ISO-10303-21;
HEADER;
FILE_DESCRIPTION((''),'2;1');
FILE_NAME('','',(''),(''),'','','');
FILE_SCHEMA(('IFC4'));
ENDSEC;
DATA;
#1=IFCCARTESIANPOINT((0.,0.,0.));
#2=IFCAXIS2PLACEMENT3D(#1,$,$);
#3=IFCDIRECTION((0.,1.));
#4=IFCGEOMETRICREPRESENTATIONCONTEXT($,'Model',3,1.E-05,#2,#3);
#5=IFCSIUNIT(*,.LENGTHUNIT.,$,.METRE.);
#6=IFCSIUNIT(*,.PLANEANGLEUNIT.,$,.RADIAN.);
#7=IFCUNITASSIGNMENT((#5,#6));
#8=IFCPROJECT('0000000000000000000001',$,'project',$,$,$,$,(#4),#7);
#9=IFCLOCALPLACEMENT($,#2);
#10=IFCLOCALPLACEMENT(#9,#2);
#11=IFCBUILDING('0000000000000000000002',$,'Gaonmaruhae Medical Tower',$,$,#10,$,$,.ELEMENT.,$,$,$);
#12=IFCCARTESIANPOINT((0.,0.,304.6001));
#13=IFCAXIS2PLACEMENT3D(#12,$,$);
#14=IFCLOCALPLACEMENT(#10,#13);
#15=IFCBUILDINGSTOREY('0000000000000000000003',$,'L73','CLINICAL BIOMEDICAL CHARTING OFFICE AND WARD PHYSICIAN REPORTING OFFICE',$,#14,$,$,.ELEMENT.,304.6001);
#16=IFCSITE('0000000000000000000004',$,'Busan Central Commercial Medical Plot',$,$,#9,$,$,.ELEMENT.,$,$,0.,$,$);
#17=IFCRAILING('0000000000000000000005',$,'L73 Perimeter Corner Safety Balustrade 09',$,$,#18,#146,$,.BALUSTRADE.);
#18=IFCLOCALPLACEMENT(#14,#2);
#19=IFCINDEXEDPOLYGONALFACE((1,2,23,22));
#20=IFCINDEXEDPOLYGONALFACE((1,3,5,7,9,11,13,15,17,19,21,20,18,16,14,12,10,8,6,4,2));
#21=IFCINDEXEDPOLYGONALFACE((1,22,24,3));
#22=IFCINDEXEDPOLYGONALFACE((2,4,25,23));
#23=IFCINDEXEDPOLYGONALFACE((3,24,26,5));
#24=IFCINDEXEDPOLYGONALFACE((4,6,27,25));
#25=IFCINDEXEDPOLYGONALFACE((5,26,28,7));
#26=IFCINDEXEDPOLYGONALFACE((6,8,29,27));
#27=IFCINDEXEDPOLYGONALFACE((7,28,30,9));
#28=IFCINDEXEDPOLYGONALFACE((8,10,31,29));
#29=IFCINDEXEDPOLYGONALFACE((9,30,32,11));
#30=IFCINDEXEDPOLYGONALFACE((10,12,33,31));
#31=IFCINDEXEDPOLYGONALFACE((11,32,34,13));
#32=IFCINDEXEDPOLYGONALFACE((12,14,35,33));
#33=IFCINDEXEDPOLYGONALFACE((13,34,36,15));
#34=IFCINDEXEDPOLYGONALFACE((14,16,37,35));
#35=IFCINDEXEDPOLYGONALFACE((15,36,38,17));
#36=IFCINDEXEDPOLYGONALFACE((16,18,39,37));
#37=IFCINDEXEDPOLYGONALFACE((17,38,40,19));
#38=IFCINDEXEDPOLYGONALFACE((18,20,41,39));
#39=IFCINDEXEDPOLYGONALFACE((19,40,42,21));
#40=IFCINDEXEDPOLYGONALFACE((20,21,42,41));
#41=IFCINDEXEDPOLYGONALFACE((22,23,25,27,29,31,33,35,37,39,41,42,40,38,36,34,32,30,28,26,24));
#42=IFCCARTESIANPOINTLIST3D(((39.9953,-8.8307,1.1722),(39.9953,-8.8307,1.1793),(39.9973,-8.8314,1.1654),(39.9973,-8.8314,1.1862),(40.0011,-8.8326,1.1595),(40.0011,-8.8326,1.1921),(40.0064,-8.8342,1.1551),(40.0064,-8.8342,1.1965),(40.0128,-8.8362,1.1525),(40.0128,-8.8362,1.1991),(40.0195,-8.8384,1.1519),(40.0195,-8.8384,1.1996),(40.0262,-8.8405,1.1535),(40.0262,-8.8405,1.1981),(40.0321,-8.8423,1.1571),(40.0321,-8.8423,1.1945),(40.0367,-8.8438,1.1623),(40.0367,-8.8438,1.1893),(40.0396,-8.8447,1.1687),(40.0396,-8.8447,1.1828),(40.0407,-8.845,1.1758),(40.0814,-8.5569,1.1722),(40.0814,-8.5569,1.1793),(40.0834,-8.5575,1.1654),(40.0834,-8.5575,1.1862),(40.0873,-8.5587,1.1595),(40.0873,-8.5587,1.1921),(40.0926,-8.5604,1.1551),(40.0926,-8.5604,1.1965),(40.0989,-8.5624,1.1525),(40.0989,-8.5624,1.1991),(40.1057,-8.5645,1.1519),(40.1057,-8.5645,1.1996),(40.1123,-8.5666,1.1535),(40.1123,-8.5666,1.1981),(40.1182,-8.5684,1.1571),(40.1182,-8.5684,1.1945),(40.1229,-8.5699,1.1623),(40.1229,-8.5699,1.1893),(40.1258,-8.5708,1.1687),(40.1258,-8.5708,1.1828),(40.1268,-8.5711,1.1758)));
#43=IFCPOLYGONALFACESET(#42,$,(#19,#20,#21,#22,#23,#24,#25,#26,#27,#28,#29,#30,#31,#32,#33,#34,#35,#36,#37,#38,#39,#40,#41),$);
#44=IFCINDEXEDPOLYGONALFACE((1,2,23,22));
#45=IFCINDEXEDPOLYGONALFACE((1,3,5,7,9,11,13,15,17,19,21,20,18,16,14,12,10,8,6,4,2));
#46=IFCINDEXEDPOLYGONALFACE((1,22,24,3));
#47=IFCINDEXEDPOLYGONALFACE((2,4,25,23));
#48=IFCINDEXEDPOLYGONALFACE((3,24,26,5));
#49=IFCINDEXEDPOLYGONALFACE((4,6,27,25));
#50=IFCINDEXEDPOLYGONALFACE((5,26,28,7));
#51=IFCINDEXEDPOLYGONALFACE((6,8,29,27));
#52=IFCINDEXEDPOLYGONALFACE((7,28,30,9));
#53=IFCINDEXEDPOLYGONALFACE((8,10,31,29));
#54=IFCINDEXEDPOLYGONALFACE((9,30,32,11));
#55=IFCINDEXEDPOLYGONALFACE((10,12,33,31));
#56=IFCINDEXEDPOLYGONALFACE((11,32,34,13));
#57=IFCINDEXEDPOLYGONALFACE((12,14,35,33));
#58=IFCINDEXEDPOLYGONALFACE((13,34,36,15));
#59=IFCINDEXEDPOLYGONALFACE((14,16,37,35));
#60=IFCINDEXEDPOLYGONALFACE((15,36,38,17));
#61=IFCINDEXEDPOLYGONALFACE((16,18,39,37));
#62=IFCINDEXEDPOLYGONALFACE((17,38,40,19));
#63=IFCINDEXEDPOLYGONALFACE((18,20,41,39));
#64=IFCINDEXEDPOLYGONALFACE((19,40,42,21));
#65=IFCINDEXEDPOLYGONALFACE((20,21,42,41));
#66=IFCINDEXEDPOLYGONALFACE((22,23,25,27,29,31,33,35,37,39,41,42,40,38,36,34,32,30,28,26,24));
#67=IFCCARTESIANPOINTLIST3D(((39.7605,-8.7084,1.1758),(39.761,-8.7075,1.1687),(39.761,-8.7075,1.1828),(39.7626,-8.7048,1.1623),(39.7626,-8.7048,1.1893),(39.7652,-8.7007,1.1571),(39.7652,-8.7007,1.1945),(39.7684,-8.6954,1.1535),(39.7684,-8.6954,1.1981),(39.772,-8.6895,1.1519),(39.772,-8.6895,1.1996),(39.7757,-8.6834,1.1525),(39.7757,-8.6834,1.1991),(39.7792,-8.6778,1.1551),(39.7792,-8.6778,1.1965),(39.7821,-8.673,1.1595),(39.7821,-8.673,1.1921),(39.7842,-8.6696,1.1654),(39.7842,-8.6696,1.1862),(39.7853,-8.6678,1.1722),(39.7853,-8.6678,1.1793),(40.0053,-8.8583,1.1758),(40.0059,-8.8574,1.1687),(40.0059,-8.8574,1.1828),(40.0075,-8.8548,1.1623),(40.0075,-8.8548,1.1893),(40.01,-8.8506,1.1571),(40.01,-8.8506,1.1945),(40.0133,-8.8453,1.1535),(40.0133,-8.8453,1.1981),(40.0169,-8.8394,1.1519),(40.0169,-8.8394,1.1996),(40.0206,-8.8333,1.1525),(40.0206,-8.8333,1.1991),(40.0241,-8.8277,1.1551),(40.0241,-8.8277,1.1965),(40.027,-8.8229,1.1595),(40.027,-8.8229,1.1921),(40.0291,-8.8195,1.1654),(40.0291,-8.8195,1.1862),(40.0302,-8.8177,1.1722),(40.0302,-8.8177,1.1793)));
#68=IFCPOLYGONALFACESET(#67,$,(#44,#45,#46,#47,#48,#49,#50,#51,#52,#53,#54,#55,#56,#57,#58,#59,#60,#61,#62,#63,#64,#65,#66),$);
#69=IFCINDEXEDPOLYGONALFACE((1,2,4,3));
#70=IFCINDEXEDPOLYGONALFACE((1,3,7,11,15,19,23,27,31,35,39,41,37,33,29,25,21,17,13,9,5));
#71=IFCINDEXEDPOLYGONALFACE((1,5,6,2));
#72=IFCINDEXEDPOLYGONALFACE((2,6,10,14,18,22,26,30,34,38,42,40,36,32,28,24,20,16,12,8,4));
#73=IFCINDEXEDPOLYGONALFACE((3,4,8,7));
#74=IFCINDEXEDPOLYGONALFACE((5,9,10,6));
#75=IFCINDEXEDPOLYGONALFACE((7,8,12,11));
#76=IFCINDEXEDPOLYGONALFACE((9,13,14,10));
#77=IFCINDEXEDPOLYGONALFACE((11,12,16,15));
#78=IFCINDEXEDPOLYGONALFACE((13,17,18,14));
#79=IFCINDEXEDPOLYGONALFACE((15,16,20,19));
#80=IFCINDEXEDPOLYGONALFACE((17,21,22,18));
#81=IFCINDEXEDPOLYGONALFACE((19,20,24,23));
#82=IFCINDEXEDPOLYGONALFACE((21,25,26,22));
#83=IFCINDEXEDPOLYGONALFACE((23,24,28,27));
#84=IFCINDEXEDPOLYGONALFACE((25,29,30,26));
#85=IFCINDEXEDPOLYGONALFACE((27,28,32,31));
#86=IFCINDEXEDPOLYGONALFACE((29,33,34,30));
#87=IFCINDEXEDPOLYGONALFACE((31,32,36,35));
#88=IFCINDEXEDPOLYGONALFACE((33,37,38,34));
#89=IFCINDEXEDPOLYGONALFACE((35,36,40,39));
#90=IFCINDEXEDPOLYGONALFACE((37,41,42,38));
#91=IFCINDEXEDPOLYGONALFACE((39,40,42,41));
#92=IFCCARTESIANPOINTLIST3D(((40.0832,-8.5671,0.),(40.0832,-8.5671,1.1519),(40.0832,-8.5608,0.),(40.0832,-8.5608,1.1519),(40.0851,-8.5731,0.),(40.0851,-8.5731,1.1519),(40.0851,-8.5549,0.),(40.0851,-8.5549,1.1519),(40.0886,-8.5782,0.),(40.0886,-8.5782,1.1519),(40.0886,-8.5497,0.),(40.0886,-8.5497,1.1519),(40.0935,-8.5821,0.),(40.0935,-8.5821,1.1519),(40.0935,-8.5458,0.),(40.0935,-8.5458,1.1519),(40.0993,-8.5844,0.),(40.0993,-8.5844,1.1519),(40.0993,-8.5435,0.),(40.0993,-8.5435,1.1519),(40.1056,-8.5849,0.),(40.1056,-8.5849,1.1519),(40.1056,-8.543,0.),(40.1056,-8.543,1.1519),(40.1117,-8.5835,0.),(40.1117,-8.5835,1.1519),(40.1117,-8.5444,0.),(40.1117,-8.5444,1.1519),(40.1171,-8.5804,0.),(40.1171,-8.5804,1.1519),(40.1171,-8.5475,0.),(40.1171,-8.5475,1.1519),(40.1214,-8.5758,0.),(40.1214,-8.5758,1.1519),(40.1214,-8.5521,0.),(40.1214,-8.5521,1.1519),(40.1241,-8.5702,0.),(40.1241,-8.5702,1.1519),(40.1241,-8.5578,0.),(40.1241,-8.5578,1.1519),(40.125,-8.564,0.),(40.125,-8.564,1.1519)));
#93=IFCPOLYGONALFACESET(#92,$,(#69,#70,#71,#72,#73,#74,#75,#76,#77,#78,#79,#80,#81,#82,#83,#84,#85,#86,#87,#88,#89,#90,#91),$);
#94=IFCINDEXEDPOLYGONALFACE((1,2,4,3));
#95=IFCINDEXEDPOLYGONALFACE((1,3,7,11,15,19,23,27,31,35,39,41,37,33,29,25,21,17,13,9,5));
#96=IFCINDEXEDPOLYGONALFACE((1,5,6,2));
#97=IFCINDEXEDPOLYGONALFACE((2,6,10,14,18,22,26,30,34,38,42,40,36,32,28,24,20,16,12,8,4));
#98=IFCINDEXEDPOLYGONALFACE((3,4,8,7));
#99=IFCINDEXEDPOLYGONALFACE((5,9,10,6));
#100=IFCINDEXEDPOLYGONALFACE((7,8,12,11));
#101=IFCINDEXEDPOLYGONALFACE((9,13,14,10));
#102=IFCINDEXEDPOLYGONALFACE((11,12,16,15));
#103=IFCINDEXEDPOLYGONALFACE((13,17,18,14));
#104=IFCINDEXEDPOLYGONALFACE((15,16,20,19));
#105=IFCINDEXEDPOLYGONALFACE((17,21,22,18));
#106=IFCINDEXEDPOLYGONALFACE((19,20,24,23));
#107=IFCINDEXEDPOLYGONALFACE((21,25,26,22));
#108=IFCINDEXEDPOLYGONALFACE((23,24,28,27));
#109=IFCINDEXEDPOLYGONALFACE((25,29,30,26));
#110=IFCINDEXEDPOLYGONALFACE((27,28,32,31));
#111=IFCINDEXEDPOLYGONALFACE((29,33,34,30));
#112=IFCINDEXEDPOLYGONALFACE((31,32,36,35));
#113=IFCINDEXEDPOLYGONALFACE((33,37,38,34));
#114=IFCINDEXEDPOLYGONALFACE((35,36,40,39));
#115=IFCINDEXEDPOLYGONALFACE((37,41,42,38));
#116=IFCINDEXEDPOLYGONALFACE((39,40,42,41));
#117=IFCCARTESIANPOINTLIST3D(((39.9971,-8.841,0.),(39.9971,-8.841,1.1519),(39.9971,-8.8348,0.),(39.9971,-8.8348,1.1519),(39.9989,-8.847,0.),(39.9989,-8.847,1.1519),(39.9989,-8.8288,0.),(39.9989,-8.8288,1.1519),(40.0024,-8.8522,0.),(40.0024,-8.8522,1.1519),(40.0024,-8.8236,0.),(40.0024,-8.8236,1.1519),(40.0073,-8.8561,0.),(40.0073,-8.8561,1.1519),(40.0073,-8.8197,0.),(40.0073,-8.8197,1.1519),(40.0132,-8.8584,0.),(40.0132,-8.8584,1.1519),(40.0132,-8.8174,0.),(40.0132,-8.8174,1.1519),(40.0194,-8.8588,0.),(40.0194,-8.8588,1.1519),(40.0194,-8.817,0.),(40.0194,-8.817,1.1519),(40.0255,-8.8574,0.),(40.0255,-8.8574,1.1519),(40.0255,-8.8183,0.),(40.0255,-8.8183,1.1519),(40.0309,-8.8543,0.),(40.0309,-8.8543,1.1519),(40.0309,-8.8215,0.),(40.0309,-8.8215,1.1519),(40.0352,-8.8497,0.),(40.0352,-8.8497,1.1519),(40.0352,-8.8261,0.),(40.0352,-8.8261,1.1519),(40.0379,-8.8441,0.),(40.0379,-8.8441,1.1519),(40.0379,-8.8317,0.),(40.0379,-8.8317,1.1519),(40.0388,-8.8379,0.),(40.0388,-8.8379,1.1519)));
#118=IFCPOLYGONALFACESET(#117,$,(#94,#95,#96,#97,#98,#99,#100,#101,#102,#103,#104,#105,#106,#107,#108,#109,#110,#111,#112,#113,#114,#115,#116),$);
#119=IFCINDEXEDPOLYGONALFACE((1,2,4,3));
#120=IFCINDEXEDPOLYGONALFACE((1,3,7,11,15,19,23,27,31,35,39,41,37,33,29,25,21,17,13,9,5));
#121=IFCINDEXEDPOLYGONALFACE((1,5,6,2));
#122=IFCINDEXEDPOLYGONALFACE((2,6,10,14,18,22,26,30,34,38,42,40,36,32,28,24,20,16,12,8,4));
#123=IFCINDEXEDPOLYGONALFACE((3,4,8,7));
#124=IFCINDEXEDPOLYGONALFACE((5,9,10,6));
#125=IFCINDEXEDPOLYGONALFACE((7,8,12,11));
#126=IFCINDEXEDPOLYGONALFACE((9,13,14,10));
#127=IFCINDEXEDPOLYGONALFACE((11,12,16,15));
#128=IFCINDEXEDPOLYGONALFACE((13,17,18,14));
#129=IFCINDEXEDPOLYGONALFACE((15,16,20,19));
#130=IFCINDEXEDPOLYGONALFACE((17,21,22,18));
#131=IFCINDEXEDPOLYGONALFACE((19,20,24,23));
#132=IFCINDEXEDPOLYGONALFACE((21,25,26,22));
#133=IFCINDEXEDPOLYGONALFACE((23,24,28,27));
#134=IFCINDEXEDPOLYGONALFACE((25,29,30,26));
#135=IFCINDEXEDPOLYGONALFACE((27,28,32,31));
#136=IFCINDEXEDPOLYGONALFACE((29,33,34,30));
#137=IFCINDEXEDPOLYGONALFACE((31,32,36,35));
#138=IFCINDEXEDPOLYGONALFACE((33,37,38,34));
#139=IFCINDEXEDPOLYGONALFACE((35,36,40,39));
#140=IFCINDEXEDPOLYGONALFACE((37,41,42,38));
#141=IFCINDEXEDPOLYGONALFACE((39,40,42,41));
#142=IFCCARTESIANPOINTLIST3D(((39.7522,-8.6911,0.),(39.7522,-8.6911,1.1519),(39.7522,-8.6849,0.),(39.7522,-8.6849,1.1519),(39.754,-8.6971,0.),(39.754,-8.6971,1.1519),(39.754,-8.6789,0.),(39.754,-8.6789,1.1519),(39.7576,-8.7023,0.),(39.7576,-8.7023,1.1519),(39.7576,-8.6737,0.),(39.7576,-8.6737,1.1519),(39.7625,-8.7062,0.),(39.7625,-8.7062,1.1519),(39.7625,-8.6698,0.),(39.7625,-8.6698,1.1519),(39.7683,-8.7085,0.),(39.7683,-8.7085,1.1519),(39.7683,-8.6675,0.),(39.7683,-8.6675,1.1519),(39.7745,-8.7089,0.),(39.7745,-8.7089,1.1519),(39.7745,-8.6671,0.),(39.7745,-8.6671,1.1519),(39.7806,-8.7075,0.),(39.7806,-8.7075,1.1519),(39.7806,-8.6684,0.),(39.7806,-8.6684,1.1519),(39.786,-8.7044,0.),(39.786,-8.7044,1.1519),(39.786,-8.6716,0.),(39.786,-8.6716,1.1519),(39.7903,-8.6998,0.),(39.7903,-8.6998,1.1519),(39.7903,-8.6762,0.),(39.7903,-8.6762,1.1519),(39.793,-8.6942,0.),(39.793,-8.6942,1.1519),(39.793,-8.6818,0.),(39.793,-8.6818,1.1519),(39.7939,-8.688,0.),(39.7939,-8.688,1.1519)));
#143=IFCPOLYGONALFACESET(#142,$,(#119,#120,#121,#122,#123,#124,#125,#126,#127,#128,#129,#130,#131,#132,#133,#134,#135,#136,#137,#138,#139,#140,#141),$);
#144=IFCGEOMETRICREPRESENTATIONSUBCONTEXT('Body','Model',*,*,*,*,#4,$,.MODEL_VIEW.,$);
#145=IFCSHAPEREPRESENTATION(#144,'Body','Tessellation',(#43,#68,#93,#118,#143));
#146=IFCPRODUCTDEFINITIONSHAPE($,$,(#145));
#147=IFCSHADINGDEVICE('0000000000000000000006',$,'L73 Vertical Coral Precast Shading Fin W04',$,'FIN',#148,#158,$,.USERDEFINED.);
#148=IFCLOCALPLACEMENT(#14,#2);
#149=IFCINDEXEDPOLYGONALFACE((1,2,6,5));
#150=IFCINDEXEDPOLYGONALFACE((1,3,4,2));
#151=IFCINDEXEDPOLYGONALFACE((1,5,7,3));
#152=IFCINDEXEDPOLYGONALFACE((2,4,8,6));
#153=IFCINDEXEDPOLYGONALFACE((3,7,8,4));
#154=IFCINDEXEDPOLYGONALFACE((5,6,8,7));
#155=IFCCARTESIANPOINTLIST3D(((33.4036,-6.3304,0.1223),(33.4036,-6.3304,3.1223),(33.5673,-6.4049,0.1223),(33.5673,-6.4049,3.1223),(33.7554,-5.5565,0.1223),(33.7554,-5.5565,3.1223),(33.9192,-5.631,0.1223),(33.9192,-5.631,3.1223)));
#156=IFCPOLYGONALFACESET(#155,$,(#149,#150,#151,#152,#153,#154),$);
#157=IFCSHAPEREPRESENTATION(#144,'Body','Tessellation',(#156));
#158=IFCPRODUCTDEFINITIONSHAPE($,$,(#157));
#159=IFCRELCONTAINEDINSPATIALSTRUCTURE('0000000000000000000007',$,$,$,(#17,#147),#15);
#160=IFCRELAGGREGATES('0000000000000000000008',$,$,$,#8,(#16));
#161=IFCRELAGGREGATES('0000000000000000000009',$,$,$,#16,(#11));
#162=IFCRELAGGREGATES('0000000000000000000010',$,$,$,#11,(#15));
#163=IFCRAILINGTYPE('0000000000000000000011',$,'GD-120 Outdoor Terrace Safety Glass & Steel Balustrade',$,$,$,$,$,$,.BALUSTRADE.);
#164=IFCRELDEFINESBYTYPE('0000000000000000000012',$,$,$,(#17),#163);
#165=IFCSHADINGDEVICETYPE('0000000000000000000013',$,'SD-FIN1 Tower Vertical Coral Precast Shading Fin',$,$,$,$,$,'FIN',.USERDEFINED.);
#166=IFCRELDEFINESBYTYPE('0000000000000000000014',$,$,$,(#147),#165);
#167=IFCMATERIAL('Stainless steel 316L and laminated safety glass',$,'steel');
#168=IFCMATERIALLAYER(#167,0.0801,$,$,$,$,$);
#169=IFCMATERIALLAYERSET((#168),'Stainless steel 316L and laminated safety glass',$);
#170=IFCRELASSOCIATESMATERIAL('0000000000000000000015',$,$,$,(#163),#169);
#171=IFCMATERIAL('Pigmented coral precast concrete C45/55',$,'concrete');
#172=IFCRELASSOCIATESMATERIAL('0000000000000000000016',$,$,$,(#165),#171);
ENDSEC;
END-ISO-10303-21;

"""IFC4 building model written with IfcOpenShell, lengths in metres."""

from ifc_helpers import new_model, si_unit, direction, frame, origin, origin_2d, place, context, subcontext, project, spatial, rectangle, circle, extrude, material, layer, layer_set, type_object, element, save


model = new_model("IFC4")

# Units and contexts
model_context = context("Model", 3, precision=1e-05, world=origin(), true_north=direction((0.0, 1.0)))
body_context = subcontext(model_context, "Body", "Model", "MODEL_VIEW")
ifc_project = project(units=[si_unit("LENGTHUNIT", "METRE"), si_unit("PLANEANGLEUNIT", "RADIAN")], contexts=[model_context])

# Site, building, storey
site_placement = place(None, origin())
site = spatial("IfcSite", under=ifc_project, at=site_placement, Name="Busan Central Commercial Medical Plot", CompositionType="ELEMENT", RefElevation=0.0)
building_placement = place(site_placement, origin())
building = spatial("IfcBuilding", under=site, at=building_placement, Name="Gaonmaruhae Medical Tower", CompositionType="ELEMENT")
storey_placement = place(building_placement, frame((0.0, 0.0, 304.6001)))
storey = spatial("IfcBuildingStorey", under=building, at=storey_placement, Name="L73", Description="CLINICAL BIOMEDICAL CHARTING OFFICE AND WARD PHYSICIAN REPORTING OFFICE", CompositionType="ELEMENT", Elevation=304.6001)

# Railing
ifc_material_1 = material(Name="Stainless steel 316L and laminated safety glass", Category="steel")
ifc_layer_1 = layer(ifc_material_1, 0.0801)
ifc_layer_set_1 = layer_set([ifc_layer_1], Name="Stainless steel 316L and laminated safety glass")
railing_type = type_object("IfcRailingType", Name="GD-120 Outdoor Terrace Safety Glass & Steel Balustrade", PredefinedType="BALUSTRADE", material=ifc_layer_set_1)
railing_1_placement = place(storey_placement, frame((40.104, -8.564, 0.0)))
element("IfcRailing", 1, at=railing_1_placement, inside=storey, type_object=railing_type, Name="L73 Perimeter Corner Safety Balustrade 09", PredefinedType="BALUSTRADE", context=body_context, shape_type="SweptSolid", body=[
    extrude(circle(Radius=0.0239, at=origin_2d()), frame((0.0, 0.0, 1.1758), z_axis=(-0.300114, -0.953903, 0.0), x_axis=(0.953903, -0.300114, 0.0)), (0.0, 0.0, 1.0), 0.2871),
    extrude(circle(Radius=0.0239, at=origin_2d()), frame((-0.0862, -0.2739, 1.1758), z_axis=(-0.852882, 0.522103, 0.0), x_axis=(-0.522103, -0.852882, 0.0)), (0.0, 0.0, 1.0), 0.2871),
    extrude(circle(Radius=0.021, at=origin_2d()), origin(), (0.0, 0.0, 1.0), 1.1519),
    extrude(circle(Radius=0.021, at=origin_2d()), frame((-0.0862, -0.2739, 0.0)), (0.0, 0.0, 1.0), 1.1519),
    extrude(circle(Radius=0.021, at=origin_2d()), frame((-0.3311, -0.124, 0.0)), (0.0, 0.0, 1.0), 1.1519),
])

# Shading device
ifc_material_2 = material(Name="Pigmented coral precast concrete C45/55", Category="concrete")
shading_device_type = type_object("IfcShadingDeviceType", Name="SD-FIN1 Tower Vertical Coral Precast Shading Fin", ElementType="FIN", PredefinedType="USERDEFINED", material=ifc_material_2)
shading_device_placement = place(storey_placement, frame((33.6614, -5.9807, 0.1223), z_axis=(0.0, 0.0, 1.0), x_axis=(-0.910323, 0.413899, 0.0)))
element("IfcShadingDevice", 2, at=shading_device_placement, inside=storey, type_object=shading_device_type, Name="L73 Vertical Coral Precast Shading Fin W04", ObjectType="FIN", PredefinedType="USERDEFINED", context=body_context, shape_type="SweptSolid", body=[
    extrude(rectangle(XDim=0.1799, YDim=0.8501, at=origin_2d()), origin(), (0.0, 0.0, 1.0), 3.0),
])

save(model, "model.ifc")
